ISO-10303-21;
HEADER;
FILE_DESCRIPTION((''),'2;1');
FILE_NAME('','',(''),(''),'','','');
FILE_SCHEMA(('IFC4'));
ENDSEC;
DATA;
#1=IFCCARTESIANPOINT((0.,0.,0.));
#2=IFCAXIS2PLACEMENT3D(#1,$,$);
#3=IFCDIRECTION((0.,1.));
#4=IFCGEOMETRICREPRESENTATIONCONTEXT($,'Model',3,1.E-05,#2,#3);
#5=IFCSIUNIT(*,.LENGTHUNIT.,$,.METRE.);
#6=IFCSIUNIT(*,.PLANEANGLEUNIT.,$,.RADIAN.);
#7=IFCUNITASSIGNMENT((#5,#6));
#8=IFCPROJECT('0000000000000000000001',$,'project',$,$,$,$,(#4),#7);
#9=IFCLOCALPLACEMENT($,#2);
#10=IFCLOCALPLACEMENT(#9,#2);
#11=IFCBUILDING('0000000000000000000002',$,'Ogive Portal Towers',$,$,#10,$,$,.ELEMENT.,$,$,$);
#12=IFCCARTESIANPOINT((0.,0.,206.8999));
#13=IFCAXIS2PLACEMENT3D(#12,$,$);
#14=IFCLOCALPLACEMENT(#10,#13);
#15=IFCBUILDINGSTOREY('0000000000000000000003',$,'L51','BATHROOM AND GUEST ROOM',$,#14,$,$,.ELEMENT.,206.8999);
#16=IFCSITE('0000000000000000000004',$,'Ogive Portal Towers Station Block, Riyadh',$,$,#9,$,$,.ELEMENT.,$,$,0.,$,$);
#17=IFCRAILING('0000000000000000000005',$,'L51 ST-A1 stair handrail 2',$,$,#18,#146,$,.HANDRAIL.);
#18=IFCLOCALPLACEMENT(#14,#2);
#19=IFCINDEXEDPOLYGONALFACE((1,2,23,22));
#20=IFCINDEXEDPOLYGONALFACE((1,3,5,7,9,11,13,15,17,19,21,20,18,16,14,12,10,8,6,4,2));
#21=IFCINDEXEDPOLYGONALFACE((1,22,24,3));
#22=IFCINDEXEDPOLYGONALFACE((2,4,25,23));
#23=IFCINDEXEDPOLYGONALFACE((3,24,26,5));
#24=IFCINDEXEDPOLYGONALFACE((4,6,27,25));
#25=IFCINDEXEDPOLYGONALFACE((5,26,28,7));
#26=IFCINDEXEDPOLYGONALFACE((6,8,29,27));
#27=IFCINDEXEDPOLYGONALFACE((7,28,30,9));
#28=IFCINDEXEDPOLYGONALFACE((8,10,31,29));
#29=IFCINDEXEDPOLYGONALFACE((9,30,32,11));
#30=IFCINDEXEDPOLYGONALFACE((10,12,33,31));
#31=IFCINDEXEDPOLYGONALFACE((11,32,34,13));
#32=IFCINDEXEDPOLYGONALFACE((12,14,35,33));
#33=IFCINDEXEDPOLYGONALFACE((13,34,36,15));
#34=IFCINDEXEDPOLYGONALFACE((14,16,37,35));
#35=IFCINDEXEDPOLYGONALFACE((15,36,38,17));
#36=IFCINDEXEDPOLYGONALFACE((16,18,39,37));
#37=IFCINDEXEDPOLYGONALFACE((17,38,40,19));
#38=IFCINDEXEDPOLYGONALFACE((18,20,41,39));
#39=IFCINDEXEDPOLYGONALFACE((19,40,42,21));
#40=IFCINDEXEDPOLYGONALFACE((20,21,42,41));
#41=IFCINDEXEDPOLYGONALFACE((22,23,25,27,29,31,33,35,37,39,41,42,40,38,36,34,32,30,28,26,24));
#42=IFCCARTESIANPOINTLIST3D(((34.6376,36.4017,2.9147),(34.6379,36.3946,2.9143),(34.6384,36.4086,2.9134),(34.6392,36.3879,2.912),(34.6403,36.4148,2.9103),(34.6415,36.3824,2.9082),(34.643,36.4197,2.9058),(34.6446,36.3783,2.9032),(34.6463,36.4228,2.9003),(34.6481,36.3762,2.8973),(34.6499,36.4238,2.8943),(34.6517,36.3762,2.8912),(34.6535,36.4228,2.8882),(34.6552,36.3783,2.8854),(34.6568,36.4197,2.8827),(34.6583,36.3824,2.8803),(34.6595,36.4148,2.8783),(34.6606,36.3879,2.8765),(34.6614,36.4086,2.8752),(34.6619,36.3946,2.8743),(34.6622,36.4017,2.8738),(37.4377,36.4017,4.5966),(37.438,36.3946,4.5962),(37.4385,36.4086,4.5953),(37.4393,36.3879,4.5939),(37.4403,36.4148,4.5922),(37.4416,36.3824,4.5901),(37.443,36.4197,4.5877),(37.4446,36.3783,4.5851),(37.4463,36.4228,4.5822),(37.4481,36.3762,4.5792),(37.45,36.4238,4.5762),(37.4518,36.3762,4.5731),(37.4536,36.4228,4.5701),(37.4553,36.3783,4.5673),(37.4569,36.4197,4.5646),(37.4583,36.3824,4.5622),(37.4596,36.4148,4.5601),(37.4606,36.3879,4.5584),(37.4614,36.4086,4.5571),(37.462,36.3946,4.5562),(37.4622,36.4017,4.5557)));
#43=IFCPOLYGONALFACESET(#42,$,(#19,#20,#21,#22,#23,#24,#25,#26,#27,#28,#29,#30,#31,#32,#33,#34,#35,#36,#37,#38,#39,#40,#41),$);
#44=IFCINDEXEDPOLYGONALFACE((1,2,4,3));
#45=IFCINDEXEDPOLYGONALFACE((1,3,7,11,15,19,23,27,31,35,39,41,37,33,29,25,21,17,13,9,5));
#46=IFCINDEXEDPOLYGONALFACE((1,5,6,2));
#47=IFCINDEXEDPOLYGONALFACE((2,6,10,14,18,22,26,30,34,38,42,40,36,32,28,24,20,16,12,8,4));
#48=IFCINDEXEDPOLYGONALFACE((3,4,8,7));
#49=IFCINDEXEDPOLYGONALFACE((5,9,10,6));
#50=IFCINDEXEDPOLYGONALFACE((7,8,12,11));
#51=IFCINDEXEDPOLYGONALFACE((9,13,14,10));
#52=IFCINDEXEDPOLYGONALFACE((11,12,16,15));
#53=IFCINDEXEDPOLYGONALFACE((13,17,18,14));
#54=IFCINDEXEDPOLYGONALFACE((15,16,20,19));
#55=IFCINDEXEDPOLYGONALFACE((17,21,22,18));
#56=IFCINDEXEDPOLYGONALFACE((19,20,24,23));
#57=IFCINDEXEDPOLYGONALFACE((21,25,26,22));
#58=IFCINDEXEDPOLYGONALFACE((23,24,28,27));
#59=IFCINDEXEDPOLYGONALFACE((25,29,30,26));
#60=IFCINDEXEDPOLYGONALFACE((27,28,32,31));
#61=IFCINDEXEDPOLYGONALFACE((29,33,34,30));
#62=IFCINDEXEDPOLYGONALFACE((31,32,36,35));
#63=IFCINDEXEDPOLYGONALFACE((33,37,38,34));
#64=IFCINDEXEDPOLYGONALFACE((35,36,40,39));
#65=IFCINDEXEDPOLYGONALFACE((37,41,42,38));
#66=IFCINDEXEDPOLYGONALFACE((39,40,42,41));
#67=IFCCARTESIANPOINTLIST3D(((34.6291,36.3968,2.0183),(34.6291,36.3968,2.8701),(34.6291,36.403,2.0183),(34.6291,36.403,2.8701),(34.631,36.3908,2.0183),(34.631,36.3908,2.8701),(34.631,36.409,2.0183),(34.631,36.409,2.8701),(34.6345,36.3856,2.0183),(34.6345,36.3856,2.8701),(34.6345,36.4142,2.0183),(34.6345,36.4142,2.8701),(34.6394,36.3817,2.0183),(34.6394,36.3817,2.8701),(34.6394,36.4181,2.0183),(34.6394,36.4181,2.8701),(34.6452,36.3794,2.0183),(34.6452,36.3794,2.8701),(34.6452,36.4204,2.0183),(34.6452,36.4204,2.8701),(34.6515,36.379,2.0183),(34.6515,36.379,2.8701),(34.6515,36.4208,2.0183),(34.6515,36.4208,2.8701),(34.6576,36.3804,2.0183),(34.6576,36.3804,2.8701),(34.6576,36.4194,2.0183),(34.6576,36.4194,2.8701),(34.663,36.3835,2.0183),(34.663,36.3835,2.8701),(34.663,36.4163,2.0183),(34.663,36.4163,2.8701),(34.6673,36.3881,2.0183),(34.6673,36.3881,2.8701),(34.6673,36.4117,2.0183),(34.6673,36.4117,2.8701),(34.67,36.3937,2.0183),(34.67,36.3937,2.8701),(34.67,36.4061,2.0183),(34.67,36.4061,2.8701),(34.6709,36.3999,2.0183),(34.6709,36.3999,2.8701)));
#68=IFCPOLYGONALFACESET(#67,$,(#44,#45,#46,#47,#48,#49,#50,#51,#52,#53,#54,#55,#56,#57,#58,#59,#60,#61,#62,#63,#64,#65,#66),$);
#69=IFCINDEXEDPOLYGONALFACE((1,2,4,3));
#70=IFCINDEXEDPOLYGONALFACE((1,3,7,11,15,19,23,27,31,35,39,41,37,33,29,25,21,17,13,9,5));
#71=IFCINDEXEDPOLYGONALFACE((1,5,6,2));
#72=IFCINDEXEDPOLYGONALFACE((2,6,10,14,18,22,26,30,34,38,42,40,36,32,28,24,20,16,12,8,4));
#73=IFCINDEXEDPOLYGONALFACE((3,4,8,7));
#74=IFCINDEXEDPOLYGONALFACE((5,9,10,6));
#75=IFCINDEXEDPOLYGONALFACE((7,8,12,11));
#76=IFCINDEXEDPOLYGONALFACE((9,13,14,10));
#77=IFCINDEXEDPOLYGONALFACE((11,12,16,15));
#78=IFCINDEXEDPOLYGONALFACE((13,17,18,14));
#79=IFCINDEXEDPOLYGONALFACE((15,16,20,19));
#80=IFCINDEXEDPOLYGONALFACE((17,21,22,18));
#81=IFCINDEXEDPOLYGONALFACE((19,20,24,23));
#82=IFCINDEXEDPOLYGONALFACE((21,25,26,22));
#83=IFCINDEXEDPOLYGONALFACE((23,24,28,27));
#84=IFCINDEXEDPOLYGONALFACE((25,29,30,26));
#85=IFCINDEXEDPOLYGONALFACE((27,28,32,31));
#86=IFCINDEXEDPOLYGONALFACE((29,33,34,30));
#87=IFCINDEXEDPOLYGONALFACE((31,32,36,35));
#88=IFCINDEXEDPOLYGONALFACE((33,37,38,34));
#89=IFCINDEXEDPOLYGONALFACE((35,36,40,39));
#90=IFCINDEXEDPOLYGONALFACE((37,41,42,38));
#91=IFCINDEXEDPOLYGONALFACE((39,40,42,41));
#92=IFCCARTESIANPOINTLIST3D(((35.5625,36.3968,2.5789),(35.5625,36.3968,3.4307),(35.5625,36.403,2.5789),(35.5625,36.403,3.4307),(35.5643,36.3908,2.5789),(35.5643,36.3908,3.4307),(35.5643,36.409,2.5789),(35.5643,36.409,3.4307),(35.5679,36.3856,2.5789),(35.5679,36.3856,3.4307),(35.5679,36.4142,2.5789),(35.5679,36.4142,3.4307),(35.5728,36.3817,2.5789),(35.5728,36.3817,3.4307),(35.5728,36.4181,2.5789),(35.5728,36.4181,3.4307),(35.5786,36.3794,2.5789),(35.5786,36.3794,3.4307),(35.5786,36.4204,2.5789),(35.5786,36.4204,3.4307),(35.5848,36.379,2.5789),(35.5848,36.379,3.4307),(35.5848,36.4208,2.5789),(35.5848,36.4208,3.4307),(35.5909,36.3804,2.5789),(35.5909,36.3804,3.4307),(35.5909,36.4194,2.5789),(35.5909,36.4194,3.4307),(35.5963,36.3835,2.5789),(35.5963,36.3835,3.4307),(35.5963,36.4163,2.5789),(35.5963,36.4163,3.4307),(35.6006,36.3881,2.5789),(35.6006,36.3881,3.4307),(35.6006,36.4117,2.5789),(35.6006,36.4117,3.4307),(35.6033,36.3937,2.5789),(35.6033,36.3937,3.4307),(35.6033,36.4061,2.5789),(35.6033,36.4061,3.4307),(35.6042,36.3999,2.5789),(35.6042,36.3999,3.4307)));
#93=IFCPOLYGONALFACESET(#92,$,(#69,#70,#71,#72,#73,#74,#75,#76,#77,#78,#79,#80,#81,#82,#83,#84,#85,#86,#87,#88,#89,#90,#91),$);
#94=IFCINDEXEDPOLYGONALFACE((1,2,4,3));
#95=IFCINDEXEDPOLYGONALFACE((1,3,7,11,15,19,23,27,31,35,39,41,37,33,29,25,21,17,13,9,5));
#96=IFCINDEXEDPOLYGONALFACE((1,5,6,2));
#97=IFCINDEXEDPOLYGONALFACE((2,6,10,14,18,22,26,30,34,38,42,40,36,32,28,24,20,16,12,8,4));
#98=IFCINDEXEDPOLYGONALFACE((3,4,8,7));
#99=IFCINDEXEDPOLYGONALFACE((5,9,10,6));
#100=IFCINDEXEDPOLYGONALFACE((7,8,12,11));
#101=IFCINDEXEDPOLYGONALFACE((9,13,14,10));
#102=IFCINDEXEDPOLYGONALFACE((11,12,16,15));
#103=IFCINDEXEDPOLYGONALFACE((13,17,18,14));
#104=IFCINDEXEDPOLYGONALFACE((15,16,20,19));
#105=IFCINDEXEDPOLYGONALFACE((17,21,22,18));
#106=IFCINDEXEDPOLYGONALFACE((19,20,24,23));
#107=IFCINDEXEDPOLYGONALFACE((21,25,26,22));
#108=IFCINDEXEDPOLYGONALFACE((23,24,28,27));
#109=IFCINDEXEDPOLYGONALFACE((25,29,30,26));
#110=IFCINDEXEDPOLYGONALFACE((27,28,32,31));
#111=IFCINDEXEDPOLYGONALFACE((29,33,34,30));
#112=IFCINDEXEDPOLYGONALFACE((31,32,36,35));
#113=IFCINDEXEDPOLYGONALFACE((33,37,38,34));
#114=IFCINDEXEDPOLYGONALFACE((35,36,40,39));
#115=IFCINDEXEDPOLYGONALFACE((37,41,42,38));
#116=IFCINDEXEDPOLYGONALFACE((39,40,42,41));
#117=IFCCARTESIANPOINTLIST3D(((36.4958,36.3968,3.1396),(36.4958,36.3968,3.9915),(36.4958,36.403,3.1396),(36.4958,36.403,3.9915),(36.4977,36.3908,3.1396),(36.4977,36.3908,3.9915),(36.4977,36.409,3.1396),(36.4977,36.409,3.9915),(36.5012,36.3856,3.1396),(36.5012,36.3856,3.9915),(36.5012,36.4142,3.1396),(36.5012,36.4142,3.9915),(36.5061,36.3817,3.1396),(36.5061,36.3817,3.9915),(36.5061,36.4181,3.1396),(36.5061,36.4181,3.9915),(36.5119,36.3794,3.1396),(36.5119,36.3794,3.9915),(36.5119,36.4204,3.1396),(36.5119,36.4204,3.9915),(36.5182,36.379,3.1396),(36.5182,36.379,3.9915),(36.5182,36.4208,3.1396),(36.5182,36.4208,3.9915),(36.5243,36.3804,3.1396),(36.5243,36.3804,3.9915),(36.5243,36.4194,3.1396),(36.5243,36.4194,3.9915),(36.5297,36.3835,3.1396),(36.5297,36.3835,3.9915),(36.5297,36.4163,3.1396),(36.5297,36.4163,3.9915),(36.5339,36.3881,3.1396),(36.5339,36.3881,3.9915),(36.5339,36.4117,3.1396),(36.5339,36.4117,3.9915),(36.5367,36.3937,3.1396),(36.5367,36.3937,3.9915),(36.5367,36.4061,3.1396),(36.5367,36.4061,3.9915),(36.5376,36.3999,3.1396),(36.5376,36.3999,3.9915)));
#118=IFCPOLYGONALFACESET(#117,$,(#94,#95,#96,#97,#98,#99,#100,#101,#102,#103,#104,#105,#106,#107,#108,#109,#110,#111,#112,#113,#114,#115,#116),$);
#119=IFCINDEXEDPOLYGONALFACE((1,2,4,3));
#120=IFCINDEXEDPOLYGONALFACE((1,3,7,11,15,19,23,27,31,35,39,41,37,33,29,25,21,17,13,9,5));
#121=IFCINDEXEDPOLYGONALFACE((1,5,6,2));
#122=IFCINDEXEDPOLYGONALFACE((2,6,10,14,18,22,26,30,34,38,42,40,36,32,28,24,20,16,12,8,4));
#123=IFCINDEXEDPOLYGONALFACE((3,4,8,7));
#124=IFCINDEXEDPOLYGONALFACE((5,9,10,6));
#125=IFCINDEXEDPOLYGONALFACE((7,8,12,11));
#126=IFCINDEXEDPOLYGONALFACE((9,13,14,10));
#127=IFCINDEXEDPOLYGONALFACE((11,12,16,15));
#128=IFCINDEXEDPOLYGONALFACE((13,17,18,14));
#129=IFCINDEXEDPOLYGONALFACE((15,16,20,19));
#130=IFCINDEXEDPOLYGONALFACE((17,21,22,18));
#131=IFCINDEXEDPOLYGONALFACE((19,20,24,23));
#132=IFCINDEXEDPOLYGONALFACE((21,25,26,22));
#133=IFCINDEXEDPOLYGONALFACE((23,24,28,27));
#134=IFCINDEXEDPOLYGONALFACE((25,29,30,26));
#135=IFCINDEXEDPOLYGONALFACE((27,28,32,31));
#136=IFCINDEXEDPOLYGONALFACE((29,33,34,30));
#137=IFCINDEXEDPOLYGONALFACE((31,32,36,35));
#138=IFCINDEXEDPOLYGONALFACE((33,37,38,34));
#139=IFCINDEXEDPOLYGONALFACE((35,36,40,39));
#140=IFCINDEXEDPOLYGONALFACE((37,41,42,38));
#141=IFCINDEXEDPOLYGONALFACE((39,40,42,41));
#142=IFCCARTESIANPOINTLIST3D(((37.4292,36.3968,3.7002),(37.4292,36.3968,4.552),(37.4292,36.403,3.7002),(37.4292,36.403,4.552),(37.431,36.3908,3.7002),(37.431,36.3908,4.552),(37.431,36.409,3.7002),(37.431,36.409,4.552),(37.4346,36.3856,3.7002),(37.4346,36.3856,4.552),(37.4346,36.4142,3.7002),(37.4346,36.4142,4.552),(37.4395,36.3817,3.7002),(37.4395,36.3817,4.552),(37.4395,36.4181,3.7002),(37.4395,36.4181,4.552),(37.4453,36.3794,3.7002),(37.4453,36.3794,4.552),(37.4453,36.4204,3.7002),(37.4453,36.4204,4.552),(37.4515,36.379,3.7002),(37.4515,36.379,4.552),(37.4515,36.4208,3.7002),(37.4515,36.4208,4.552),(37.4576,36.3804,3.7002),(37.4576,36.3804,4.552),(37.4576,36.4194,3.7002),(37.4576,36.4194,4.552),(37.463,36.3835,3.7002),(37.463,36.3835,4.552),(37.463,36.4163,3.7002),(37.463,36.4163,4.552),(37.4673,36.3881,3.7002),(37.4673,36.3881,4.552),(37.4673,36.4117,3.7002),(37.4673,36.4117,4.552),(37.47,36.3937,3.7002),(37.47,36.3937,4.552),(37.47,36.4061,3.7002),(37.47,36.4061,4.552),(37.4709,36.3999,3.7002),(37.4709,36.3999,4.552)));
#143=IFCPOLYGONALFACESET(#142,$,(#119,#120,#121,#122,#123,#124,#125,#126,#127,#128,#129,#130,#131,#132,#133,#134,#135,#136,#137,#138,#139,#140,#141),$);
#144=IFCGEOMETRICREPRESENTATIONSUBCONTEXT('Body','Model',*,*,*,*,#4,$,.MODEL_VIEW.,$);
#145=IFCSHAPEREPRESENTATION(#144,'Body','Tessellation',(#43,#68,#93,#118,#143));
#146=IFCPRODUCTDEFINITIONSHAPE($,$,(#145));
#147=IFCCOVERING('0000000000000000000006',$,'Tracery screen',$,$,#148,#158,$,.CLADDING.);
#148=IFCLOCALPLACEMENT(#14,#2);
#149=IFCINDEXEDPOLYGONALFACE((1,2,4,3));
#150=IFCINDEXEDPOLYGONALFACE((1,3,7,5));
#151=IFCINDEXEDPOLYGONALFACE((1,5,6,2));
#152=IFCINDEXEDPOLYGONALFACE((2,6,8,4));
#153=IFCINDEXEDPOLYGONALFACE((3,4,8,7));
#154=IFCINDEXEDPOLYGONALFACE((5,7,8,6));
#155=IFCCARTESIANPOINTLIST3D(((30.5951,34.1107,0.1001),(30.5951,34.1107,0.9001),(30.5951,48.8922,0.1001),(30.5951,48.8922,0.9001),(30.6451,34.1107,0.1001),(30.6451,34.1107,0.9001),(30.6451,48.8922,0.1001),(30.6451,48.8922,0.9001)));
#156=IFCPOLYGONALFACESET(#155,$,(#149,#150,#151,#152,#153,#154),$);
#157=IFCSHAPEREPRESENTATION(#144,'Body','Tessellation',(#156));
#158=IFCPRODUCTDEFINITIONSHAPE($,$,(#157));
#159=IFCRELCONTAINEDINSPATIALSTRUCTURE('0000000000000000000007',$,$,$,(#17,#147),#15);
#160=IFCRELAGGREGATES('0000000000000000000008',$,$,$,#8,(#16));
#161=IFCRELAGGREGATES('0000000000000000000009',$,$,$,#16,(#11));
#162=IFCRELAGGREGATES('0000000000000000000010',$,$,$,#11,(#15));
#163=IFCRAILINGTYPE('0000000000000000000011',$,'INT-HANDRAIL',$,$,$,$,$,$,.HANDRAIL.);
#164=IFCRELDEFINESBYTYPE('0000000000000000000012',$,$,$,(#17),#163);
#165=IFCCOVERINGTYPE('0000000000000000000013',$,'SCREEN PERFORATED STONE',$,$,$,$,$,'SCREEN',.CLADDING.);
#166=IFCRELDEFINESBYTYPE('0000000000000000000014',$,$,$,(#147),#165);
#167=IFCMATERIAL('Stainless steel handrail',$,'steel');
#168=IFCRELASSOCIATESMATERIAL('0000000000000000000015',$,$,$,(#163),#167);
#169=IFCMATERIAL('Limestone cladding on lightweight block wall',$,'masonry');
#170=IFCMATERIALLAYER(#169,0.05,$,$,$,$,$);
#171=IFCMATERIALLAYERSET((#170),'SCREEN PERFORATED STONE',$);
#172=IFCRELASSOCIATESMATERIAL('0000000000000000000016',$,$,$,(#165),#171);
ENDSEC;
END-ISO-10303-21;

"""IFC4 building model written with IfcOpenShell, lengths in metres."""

from ifc_helpers import new_model, si_unit, direction, frame, origin, origin_2d, place, context, subcontext, project, spatial, rectangle, circle, extrude, material, layer, layer_set, type_object, element, save


model = new_model("IFC4")

# Units and contexts
model_context = context("Model", 3, precision=1e-05, world=origin(), true_north=direction((0.0, 1.0)))
body_context = subcontext(model_context, "Body", "Model", "MODEL_VIEW")
ifc_project = project(units=[si_unit("LENGTHUNIT", "METRE"), si_unit("PLANEANGLEUNIT", "RADIAN")], contexts=[model_context])

# Site, building, storey
site_placement = place(None, origin())
site = spatial("IfcSite", under=ifc_project, at=site_placement, Name="Ogive Portal Towers Station Block, Riyadh", CompositionType="ELEMENT", RefElevation=0.0)
building_placement = place(site_placement, origin())
building = spatial("IfcBuilding", under=site, at=building_placement, Name="Ogive Portal Towers", CompositionType="ELEMENT")
storey_placement = place(building_placement, frame((0.0, 0.0, 206.8999)))
storey = spatial("IfcBuildingStorey", under=building, at=storey_placement, Name="L51", Description="BATHROOM AND GUEST ROOM", CompositionType="ELEMENT", Elevation=206.8999)

# Shared definitions
ifc_material_1 = material(Name="Limestone cladding on lightweight block wall", Category="masonry")

# Railing
ifc_material_2 = material(Name="Stainless steel handrail", Category="steel")
railing_type_1 = type_object("IfcRailingType", Name="INT-HANDRAIL", PredefinedType="HANDRAIL", material=ifc_material_2)
railing_1_placement = place(storey_placement, frame((34.6499, 36.3999, 2.0183)))
element("IfcRailing", 1, at=railing_1_placement, inside=storey, type_object=railing_type_1, Name="L51 ST-A1 stair handrail 2", PredefinedType="HANDRAIL", context=body_context, shape_type="SweptSolid", body=[
    extrude(circle(Radius=0.0239, at=origin_2d()), frame((0.0, 0.0, 0.876), z_axis=(0.857242, 0.0, 0.514913), x_axis=(0.0, 1.0, 0.0)), (0.0, 0.0, 1.0), 3.2664),
    extrude(circle(Radius=0.021, at=origin_2d()), origin(), (0.0, 0.0, 1.0), 0.8518),
    extrude(circle(Radius=0.021, at=origin_2d()), frame((0.9333, 0.0, 0.5605)), (0.0, 0.0, 1.0), 0.8518),
    extrude(circle(Radius=0.021, at=origin_2d()), frame((1.8667, 0.0, 1.1213)), (0.0, 0.0, 1.0), 0.8518),
    extrude(circle(Radius=0.021, at=origin_2d()), frame((2.8, 0.0, 1.6819)), (0.0, 0.0, 1.0), 0.8518),
])

# Covering
ifc_layer_1 = layer(ifc_material_1, 0.05)
ifc_layer_set_1 = layer_set([ifc_layer_1], Name="SCREEN PERFORATED STONE")
covering_type = type_object("IfcCoveringType", Name="SCREEN PERFORATED STONE", ElementType="SCREEN", PredefinedType="CLADDING", material=ifc_layer_set_1)
covering_placement = place(storey_placement, frame((30.6201, 41.5015, 0.1001), z_axis=(0.0, 0.0, 1.0), x_axis=(0.0, -1.0, 0.0)))
element("IfcCovering", 2, at=covering_placement, inside=storey, type_object=covering_type, Name="Tracery screen", PredefinedType="CLADDING", context=body_context, shape_type="SweptSolid", body=[
    extrude(rectangle(XDim=14.7815, YDim=0.05, at=origin_2d()), origin(), (0.0, 0.0, 1.0), 0.8),
])

save(model, "model.ifc")
